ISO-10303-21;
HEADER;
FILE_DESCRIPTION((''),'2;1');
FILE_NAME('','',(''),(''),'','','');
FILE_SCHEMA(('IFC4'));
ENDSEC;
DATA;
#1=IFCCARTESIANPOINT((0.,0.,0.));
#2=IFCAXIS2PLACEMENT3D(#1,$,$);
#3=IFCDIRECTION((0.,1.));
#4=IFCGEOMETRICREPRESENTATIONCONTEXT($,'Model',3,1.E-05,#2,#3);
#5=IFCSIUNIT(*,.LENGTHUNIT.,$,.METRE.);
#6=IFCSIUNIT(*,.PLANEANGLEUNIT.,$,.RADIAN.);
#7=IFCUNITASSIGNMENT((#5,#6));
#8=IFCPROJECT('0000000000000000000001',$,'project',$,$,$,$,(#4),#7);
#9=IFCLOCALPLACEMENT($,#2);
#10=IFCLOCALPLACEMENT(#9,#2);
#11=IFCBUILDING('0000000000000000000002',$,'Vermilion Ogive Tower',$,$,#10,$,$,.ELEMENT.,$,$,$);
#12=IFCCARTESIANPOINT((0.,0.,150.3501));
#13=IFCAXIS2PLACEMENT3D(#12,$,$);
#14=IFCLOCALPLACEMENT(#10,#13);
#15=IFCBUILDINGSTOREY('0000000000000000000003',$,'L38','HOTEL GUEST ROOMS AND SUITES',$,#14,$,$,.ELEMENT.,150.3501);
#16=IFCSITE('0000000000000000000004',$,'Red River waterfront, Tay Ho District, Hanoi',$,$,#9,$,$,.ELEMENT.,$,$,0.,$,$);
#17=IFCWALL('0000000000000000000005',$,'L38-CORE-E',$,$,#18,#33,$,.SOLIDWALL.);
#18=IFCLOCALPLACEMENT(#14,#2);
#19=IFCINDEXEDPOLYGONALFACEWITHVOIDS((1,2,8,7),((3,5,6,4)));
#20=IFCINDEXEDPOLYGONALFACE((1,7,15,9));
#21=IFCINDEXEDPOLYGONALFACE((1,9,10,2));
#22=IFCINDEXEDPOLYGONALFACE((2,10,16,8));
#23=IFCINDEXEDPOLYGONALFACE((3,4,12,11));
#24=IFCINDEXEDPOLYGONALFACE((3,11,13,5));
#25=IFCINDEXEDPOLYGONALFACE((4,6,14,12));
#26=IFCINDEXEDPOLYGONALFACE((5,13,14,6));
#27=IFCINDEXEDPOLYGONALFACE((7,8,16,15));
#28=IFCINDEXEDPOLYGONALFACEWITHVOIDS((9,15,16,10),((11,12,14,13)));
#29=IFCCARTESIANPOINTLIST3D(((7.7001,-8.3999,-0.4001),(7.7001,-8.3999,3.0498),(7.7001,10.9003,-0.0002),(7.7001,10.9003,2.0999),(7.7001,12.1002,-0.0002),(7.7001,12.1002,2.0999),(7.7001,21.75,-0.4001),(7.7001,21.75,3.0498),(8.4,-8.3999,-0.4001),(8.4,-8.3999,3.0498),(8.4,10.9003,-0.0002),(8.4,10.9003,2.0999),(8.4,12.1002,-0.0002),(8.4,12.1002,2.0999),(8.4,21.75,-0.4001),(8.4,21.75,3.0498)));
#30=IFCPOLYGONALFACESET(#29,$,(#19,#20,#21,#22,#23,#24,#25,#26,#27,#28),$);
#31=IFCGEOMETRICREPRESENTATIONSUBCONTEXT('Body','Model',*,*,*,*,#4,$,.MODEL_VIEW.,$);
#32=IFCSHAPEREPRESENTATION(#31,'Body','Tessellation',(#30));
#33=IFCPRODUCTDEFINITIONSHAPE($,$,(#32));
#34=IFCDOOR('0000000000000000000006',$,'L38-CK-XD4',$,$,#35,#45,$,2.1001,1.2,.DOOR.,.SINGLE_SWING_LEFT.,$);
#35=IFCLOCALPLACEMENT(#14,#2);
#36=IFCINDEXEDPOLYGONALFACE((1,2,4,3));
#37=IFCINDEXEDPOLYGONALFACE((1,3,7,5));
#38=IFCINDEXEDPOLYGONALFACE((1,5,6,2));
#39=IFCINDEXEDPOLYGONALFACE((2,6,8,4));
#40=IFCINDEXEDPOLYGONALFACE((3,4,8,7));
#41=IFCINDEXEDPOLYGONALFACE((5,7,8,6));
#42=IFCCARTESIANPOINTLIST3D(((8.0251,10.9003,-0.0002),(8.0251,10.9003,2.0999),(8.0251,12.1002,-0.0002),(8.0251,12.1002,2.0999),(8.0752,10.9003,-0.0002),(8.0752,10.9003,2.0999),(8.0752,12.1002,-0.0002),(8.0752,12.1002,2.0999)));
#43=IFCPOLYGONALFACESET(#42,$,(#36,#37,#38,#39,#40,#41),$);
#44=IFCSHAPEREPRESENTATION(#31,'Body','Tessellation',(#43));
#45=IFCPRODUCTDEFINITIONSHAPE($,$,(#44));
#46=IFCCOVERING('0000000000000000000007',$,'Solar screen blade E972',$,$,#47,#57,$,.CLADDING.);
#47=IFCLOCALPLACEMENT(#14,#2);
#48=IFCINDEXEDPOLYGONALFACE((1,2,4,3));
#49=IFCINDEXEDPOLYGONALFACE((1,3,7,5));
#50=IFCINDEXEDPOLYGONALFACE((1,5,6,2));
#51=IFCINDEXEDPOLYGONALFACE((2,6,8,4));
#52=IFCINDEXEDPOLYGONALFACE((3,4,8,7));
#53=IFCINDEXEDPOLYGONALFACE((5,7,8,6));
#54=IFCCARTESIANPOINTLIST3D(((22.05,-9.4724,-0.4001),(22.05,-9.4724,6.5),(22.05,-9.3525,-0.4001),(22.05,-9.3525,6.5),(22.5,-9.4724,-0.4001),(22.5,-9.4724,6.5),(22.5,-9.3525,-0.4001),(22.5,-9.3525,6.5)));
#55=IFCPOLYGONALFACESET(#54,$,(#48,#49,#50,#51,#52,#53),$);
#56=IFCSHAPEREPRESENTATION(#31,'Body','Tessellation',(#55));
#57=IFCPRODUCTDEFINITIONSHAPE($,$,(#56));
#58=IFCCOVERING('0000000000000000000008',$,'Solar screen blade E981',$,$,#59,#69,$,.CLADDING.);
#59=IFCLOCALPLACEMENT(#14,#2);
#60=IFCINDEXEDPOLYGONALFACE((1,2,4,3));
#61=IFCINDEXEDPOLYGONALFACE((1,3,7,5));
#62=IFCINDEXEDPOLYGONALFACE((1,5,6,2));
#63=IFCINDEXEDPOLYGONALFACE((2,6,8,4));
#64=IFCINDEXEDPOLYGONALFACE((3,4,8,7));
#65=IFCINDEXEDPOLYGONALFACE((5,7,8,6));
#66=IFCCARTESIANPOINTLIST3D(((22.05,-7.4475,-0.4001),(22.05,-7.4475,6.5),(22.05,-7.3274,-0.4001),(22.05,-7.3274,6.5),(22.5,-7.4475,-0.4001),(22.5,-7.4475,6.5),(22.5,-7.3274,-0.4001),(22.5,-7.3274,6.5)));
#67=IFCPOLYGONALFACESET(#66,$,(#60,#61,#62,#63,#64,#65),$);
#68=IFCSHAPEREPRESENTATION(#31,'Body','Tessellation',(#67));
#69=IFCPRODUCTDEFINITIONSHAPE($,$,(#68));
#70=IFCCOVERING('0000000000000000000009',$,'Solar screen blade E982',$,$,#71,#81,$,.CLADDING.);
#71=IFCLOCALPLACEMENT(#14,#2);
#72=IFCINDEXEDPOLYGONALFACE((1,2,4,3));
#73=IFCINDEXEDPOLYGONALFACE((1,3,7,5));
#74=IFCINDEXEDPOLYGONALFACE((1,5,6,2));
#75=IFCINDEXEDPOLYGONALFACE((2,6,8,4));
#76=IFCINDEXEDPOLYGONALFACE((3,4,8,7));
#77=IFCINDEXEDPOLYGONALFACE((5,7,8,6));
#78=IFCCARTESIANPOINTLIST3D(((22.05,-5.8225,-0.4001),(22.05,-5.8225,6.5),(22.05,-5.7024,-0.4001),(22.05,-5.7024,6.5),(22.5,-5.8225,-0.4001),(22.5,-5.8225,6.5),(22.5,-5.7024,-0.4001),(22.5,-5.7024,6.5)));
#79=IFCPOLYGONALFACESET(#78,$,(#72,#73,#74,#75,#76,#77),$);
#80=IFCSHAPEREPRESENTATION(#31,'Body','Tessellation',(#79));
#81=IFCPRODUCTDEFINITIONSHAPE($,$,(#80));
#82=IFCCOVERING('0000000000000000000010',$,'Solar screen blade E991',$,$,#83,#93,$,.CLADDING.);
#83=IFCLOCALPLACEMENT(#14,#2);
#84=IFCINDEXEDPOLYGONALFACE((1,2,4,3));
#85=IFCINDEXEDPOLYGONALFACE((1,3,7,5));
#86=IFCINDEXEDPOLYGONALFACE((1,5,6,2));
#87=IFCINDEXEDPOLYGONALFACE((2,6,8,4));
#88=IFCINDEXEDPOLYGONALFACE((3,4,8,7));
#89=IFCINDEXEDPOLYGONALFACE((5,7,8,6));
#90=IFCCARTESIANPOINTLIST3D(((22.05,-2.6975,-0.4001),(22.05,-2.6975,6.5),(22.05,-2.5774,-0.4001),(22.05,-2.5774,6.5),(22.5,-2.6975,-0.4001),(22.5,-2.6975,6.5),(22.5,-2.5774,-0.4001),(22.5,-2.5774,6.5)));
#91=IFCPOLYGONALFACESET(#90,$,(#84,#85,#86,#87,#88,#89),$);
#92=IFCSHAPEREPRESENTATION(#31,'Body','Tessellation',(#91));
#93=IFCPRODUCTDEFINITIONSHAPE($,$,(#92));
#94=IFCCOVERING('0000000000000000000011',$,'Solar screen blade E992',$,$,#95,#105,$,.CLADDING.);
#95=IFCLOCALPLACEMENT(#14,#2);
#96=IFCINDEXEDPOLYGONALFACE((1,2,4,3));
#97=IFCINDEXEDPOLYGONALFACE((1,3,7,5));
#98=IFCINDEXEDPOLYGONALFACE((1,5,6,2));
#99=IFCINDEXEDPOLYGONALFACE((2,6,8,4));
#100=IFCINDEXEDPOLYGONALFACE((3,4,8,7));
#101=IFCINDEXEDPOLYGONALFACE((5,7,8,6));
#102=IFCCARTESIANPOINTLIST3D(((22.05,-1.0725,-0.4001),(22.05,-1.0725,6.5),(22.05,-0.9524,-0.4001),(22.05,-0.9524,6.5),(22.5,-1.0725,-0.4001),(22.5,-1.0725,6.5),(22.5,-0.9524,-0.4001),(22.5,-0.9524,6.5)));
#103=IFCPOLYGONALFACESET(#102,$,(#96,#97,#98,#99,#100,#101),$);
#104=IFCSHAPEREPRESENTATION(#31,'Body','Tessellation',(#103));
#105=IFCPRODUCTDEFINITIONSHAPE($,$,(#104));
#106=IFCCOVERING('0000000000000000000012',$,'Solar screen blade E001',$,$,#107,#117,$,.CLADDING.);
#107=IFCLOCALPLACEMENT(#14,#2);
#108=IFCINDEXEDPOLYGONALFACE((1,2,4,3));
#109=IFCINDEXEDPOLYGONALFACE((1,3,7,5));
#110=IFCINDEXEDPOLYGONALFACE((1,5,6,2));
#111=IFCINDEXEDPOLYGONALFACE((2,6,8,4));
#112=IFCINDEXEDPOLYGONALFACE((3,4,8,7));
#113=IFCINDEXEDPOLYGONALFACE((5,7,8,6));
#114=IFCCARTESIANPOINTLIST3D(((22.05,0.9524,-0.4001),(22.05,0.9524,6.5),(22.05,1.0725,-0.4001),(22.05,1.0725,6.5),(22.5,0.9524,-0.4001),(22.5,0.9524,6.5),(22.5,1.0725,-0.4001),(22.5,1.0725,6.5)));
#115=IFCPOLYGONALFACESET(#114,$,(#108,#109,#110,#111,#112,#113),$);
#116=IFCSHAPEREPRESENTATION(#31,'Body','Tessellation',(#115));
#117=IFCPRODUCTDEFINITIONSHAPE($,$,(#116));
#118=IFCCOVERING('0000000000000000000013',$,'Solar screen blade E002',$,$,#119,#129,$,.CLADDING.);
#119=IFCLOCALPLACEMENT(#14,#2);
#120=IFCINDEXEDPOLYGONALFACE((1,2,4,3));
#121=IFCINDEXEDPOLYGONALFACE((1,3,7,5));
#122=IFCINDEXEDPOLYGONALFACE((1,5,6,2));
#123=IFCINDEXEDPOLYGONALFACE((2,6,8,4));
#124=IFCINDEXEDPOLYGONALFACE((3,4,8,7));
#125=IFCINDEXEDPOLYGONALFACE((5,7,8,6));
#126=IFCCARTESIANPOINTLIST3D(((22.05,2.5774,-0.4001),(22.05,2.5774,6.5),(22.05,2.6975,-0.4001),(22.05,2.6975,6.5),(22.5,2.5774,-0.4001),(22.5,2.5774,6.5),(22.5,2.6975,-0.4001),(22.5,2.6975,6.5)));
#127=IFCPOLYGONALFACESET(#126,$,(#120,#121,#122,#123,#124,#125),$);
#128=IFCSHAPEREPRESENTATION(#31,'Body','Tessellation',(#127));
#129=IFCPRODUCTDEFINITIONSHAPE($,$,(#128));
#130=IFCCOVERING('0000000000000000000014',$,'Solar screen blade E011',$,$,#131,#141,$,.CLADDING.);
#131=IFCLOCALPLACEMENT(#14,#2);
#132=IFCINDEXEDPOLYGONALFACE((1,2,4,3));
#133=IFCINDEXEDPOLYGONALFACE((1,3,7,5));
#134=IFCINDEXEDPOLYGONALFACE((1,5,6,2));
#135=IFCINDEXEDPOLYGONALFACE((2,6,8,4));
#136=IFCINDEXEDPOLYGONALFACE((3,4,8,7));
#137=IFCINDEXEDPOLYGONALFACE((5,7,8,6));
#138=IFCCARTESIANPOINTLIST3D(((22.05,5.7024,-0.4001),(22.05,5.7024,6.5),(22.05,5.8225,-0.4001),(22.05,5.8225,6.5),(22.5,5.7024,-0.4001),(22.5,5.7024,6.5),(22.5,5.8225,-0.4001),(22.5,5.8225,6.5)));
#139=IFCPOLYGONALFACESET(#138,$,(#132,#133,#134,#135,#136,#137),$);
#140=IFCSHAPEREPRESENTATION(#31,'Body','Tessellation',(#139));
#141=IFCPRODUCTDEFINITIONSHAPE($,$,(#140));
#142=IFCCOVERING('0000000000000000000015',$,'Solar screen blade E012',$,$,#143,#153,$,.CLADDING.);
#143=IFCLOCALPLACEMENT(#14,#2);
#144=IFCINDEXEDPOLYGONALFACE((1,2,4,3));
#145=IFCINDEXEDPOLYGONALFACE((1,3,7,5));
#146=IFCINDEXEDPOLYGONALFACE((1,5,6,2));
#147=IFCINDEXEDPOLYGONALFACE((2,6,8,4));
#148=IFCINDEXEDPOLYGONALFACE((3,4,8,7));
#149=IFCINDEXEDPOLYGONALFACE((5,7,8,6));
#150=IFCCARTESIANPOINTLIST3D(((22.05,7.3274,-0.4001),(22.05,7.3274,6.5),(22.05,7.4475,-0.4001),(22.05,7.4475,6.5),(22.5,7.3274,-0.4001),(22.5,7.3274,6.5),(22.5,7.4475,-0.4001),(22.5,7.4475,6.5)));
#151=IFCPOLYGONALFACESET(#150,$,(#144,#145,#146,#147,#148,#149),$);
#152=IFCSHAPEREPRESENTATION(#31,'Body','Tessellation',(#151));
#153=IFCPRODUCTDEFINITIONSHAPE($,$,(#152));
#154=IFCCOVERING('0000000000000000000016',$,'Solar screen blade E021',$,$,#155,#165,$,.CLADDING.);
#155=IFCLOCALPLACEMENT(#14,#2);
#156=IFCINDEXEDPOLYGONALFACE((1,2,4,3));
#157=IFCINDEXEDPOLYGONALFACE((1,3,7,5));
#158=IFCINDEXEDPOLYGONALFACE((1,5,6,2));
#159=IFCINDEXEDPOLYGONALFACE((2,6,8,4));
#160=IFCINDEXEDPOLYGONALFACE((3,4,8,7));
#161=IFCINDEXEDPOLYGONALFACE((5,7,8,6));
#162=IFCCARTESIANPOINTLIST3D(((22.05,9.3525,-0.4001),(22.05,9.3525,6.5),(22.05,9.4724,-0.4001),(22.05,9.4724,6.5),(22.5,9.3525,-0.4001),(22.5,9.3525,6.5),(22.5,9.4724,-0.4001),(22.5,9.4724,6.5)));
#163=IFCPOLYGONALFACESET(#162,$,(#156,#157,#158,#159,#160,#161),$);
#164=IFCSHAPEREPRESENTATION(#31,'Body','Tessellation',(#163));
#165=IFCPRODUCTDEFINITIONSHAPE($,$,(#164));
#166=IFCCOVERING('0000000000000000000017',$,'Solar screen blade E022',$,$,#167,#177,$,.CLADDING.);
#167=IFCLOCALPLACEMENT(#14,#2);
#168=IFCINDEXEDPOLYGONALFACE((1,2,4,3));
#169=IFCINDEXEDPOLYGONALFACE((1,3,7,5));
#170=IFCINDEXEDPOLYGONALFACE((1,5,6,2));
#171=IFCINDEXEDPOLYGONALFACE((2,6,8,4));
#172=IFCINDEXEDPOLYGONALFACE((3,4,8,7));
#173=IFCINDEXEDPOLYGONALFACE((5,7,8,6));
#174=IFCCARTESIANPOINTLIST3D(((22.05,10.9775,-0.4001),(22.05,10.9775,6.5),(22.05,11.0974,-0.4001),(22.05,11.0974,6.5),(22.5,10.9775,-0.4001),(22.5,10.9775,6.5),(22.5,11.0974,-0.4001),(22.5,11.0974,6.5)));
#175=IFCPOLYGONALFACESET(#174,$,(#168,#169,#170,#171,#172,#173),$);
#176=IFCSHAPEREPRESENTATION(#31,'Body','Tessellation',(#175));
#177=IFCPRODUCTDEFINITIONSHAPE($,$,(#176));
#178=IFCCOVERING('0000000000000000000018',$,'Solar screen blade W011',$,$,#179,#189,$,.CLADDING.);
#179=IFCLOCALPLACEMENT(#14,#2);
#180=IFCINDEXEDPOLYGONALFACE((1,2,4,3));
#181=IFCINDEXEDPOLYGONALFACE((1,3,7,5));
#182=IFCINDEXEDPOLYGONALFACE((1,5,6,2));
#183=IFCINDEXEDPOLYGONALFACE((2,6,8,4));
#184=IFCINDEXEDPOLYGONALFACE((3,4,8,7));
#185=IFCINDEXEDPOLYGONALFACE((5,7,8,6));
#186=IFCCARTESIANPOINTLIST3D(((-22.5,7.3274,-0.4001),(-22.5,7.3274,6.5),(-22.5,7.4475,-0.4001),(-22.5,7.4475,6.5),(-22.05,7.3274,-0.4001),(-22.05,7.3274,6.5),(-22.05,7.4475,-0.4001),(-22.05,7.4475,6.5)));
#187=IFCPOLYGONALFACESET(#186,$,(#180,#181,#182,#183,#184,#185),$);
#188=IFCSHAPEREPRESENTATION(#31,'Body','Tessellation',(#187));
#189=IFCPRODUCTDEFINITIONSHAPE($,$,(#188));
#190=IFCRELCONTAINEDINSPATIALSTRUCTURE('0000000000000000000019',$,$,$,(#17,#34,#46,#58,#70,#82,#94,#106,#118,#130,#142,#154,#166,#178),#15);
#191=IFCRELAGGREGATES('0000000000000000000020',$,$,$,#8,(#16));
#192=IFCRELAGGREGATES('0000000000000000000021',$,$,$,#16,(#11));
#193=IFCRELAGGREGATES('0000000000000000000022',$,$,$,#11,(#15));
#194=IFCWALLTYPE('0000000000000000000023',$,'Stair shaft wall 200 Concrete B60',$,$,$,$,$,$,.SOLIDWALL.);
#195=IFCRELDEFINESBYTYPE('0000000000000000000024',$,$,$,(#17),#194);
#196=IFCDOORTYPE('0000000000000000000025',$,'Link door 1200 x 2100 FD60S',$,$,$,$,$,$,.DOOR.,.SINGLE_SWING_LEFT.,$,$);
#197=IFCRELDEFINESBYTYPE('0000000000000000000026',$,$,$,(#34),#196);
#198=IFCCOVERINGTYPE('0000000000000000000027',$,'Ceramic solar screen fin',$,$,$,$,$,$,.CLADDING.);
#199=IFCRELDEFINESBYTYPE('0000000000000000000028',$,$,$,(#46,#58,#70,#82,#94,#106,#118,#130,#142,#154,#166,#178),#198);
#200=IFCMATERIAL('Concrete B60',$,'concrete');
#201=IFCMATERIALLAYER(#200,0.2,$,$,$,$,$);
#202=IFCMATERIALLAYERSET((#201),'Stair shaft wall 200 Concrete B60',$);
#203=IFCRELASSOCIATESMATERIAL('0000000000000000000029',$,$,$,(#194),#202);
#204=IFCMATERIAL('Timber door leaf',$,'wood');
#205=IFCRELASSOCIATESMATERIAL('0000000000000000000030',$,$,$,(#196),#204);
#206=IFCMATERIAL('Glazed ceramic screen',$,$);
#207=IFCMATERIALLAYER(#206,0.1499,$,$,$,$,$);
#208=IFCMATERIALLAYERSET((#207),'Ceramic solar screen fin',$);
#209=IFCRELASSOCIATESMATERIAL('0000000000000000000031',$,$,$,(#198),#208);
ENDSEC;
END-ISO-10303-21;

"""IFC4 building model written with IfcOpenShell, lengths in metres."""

from ifc_helpers import new_model, si_unit, direction, frame, frame_2d, origin, place, context, subcontext, project, spatial, polyline, rectangle, outline, extrude, material, layer, layer_set, type_object, element, fill, save


model = new_model("IFC4")

# Units and contexts
model_context = context("Model", 3, precision=1e-05, world=origin(), true_north=direction((0.0, 1.0)))
body_context = subcontext(model_context, "Body", "Model", "MODEL_VIEW")
ifc_project = project(units=[si_unit("LENGTHUNIT", "METRE"), si_unit("PLANEANGLEUNIT", "RADIAN")], contexts=[model_context])

# Site, building, storey
site_placement = place(None, origin())
site = spatial("IfcSite", under=ifc_project, at=site_placement, Name="Red River waterfront, Tay Ho District, Hanoi", CompositionType="ELEMENT", RefElevation=0.0)
building_placement = place(site_placement, origin())
building = spatial("IfcBuilding", under=site, at=building_placement, Name="Vermilion Ogive Tower", CompositionType="ELEMENT")
storey_placement = place(building_placement, frame((0.0, 0.0, 150.3501)))
storey = spatial("IfcBuildingStorey", under=building, at=storey_placement, Name="L38", Description="HOTEL GUEST ROOMS AND SUITES", CompositionType="ELEMENT", Elevation=150.3501)

# Wall, opening, door
ifc_material_1 = material(Name="Concrete B60", Category="concrete")
ifc_layer_1 = layer(ifc_material_1, 0.2)
ifc_layer_set_1 = layer_set([ifc_layer_1], Name="Stair shaft wall 200 Concrete B60")
wall_type_1 = type_object("IfcWallType", Name="Stair shaft wall 200 Concrete B60", PredefinedType="SOLIDWALL", material=ifc_layer_set_1)
wall_1_placement = place(storey_placement, frame((8.05, -8.3999, -0.4001), z_axis=(0.0, 0.0, 1.0), x_axis=(0.0, 1.0, 0.0)))
wall_1 = element("IfcWall", 1, at=wall_1_placement, inside=storey, type_object=wall_type_1, Name="L38-CORE-E", PredefinedType="SOLIDWALL", context=body_context, shape_type="SweptSolid", body=[
    extrude(rectangle(XDim=30.1499, YDim=0.7, at=frame_2d((15.075, 0.0))), origin(), (0.0, 0.0, 1.0), 3.45),
])
opening_1_placement = place(wall_1_placement, frame((19.3, 0.0, 0.3999)))
opening_1 = element("IfcOpeningElement", 2, at=opening_1_placement, cuts=wall_1, PredefinedType="OPENING", context=body_context, shape_type="SweptSolid", body=[
    extrude(rectangle(XDim=1.2, YDim=2.1001, at=frame_2d((0.6001, 1.05))), frame((0.0, 0.3599, 0.0), z_axis=(0.0, -1.0, 0.0), x_axis=(1.0, 0.0, 0.0)), (0.0, 0.0, 1.0), 0.72),
])
ifc_material_2 = material(Name="Timber door leaf", Category="wood")
door_type_1 = type_object("IfcDoorType", Name="Link door 1200 x 2100 FD60S", OperationType="SINGLE_SWING_LEFT", PredefinedType="DOOR", material=ifc_material_2)
door_1_placement = place(opening_1_placement, origin())
door_1 = element("IfcDoor", 3, at=door_1_placement, inside=storey, type_object=door_type_1, Name="L38-CK-XD4", OperationType="SINGLE_SWING_LEFT", OverallHeight=2.1001, OverallWidth=1.2, PredefinedType="DOOR", context=body_context, shape_type="SweptSolid", body=[
    extrude(rectangle(XDim=1.2, YDim=2.1001, at=frame_2d((0.6001, 1.05))), frame((0.0, 0.0249, 0.0), z_axis=(0.0, -1.0, 0.0), x_axis=(1.0, 0.0, 0.0)), (0.0, 0.0, 1.0), 0.05),
])
fill(opening_1, door_1)

# Coverings
ifc_material_3 = material(Name="Glazed ceramic screen")
ifc_layer_2 = layer(ifc_material_3, 0.1499)
ifc_layer_set_2 = layer_set([ifc_layer_2], Name="Ceramic solar screen fin")
covering_type_1 = type_object("IfcCoveringType", Name="Ceramic solar screen fin", PredefinedType="CLADDING", material=ifc_layer_set_2)
covering_1_placement = place(storey_placement, frame((0.0, 0.0, -0.4001)))
element("IfcCovering", 4, at=covering_1_placement, inside=storey, type_object=covering_type_1, Name="Solar screen blade E972", PredefinedType="CLADDING", context=body_context, shape_type="SweptSolid", body=[
    extrude(outline(polyline([(22.5, -9.4724), (22.5, -9.3525), (22.05, -9.3525), (22.05, -9.4724), (22.5, -9.4724)])), origin(), (0.0, 0.0, 1.0), 6.9001),
])
covering_2_placement = place(storey_placement, frame((0.0, 0.0, -0.4001)))
element("IfcCovering", 5, at=covering_2_placement, inside=storey, type_object=covering_type_1, Name="Solar screen blade E981", PredefinedType="CLADDING", context=body_context, shape_type="SweptSolid", body=[
    extrude(outline(polyline([(22.5, -7.4475), (22.5, -7.3274), (22.05, -7.3274), (22.05, -7.4475), (22.5, -7.4475)])), origin(), (0.0, 0.0, 1.0), 6.9001),
])
covering_3_placement = place(storey_placement, frame((0.0, 0.0, -0.4001)))
element("IfcCovering", 6, at=covering_3_placement, inside=storey, type_object=covering_type_1, Name="Solar screen blade E982", PredefinedType="CLADDING", context=body_context, shape_type="SweptSolid", body=[
    extrude(outline(polyline([(22.5, -5.8225), (22.5, -5.7024), (22.05, -5.7024), (22.05, -5.8225), (22.5, -5.8225)])), origin(), (0.0, 0.0, 1.0), 6.9001),
])
covering_4_placement = place(storey_placement, frame((0.0, 0.0, -0.4001)))
element("IfcCovering", 7, at=covering_4_placement, inside=storey, type_object=covering_type_1, Name="Solar screen blade E991", PredefinedType="CLADDING", context=body_context, shape_type="SweptSolid", body=[
    extrude(outline(polyline([(22.5, -2.6975), (22.5, -2.5774), (22.05, -2.5774), (22.05, -2.6975), (22.5, -2.6975)])), origin(), (0.0, 0.0, 1.0), 6.9001),
])
covering_5_placement = place(storey_placement, frame((0.0, 0.0, -0.4001)))
element("IfcCovering", 8, at=covering_5_placement, inside=storey, type_object=covering_type_1, Name="Solar screen blade E992", PredefinedType="CLADDING", context=body_context, shape_type="SweptSolid", body=[
    extrude(outline(polyline([(22.5, -1.0725), (22.5, -0.9524), (22.05, -0.9524), (22.05, -1.0725), (22.5, -1.0725)])), origin(), (0.0, 0.0, 1.0), 6.9001),
])
covering_6_placement = place(storey_placement, frame((0.0, 0.0, -0.4001)))
element("IfcCovering", 9, at=covering_6_placement, inside=storey, type_object=covering_type_1, Name="Solar screen blade E001", PredefinedType="CLADDING", context=body_context, shape_type="SweptSolid", body=[
    extrude(outline(polyline([(22.5, 0.9524), (22.5, 1.0725), (22.05, 1.0725), (22.05, 0.9524), (22.5, 0.9524)])), origin(), (0.0, 0.0, 1.0), 6.9001),
])
covering_7_placement = place(storey_placement, frame((0.0, 0.0, -0.4001)))
element("IfcCovering", 10, at=covering_7_placement, inside=storey, type_object=covering_type_1, Name="Solar screen blade E002", PredefinedType="CLADDING", context=body_context, shape_type="SweptSolid", body=[
    extrude(outline(polyline([(22.5, 2.5774), (22.5, 2.6975), (22.05, 2.6975), (22.05, 2.5774), (22.5, 2.5774)])), origin(), (0.0, 0.0, 1.0), 6.9001),
])
covering_8_placement = place(storey_placement, frame((0.0, 0.0, -0.4001)))
element("IfcCovering", 11, at=covering_8_placement, inside=storey, type_object=covering_type_1, Name="Solar screen blade E011", PredefinedType="CLADDING", context=body_context, shape_type="SweptSolid", body=[
    extrude(outline(polyline([(22.5, 5.7024), (22.5, 5.8225), (22.05, 5.8225), (22.05, 5.7024), (22.5, 5.7024)])), origin(), (0.0, 0.0, 1.0), 6.9001),
])
covering_9_placement = place(storey_placement, frame((0.0, 0.0, -0.4001)))
element("IfcCovering", 12, at=covering_9_placement, inside=storey, type_object=covering_type_1, Name="Solar screen blade E012", PredefinedType="CLADDING", context=body_context, shape_type="SweptSolid", body=[
    extrude(outline(polyline([(22.5, 7.3274), (22.5, 7.4475), (22.05, 7.4475), (22.05, 7.3274), (22.5, 7.3274)])), origin(), (0.0, 0.0, 1.0), 6.9001),
])
covering_10_placement = place(storey_placement, frame((0.0, 0.0, -0.4001)))
element("IfcCovering", 13, at=covering_10_placement, inside=storey, type_object=covering_type_1, Name="Solar screen blade E021", PredefinedType="CLADDING", context=body_context, shape_type="SweptSolid", body=[
    extrude(outline(polyline([(22.5, 9.3525), (22.5, 9.4724), (22.05, 9.4724), (22.05, 9.3525), (22.5, 9.3525)])), origin(), (0.0, 0.0, 1.0), 6.9001),
])
covering_11_placement = place(storey_placement, frame((0.0, 0.0, -0.4001)))
element("IfcCovering", 14, at=covering_11_placement, inside=storey, type_object=covering_type_1, Name="Solar screen blade E022", PredefinedType="CLADDING", context=body_context, shape_type="SweptSolid", body=[
    extrude(outline(polyline([(22.5, 10.9775), (22.5, 11.0974), (22.05, 11.0974), (22.05, 10.9775), (22.5, 10.9775)])), origin(), (0.0, 0.0, 1.0), 6.9001),
])
covering_12_placement = place(storey_placement, frame((0.0, 0.0, -0.4001)))
element("IfcCovering", 15, at=covering_12_placement, inside=storey, type_object=covering_type_1, Name="Solar screen blade W011", PredefinedType="CLADDING", context=body_context, shape_type="SweptSolid", body=[
    extrude(outline(polyline([(-22.5, 7.4475), (-22.5, 7.3274), (-22.05, 7.3274), (-22.05, 7.4475), (-22.5, 7.4475)])), origin(), (0.0, 0.0, 1.0), 6.9001),
])

save(model, "model.ifc")
